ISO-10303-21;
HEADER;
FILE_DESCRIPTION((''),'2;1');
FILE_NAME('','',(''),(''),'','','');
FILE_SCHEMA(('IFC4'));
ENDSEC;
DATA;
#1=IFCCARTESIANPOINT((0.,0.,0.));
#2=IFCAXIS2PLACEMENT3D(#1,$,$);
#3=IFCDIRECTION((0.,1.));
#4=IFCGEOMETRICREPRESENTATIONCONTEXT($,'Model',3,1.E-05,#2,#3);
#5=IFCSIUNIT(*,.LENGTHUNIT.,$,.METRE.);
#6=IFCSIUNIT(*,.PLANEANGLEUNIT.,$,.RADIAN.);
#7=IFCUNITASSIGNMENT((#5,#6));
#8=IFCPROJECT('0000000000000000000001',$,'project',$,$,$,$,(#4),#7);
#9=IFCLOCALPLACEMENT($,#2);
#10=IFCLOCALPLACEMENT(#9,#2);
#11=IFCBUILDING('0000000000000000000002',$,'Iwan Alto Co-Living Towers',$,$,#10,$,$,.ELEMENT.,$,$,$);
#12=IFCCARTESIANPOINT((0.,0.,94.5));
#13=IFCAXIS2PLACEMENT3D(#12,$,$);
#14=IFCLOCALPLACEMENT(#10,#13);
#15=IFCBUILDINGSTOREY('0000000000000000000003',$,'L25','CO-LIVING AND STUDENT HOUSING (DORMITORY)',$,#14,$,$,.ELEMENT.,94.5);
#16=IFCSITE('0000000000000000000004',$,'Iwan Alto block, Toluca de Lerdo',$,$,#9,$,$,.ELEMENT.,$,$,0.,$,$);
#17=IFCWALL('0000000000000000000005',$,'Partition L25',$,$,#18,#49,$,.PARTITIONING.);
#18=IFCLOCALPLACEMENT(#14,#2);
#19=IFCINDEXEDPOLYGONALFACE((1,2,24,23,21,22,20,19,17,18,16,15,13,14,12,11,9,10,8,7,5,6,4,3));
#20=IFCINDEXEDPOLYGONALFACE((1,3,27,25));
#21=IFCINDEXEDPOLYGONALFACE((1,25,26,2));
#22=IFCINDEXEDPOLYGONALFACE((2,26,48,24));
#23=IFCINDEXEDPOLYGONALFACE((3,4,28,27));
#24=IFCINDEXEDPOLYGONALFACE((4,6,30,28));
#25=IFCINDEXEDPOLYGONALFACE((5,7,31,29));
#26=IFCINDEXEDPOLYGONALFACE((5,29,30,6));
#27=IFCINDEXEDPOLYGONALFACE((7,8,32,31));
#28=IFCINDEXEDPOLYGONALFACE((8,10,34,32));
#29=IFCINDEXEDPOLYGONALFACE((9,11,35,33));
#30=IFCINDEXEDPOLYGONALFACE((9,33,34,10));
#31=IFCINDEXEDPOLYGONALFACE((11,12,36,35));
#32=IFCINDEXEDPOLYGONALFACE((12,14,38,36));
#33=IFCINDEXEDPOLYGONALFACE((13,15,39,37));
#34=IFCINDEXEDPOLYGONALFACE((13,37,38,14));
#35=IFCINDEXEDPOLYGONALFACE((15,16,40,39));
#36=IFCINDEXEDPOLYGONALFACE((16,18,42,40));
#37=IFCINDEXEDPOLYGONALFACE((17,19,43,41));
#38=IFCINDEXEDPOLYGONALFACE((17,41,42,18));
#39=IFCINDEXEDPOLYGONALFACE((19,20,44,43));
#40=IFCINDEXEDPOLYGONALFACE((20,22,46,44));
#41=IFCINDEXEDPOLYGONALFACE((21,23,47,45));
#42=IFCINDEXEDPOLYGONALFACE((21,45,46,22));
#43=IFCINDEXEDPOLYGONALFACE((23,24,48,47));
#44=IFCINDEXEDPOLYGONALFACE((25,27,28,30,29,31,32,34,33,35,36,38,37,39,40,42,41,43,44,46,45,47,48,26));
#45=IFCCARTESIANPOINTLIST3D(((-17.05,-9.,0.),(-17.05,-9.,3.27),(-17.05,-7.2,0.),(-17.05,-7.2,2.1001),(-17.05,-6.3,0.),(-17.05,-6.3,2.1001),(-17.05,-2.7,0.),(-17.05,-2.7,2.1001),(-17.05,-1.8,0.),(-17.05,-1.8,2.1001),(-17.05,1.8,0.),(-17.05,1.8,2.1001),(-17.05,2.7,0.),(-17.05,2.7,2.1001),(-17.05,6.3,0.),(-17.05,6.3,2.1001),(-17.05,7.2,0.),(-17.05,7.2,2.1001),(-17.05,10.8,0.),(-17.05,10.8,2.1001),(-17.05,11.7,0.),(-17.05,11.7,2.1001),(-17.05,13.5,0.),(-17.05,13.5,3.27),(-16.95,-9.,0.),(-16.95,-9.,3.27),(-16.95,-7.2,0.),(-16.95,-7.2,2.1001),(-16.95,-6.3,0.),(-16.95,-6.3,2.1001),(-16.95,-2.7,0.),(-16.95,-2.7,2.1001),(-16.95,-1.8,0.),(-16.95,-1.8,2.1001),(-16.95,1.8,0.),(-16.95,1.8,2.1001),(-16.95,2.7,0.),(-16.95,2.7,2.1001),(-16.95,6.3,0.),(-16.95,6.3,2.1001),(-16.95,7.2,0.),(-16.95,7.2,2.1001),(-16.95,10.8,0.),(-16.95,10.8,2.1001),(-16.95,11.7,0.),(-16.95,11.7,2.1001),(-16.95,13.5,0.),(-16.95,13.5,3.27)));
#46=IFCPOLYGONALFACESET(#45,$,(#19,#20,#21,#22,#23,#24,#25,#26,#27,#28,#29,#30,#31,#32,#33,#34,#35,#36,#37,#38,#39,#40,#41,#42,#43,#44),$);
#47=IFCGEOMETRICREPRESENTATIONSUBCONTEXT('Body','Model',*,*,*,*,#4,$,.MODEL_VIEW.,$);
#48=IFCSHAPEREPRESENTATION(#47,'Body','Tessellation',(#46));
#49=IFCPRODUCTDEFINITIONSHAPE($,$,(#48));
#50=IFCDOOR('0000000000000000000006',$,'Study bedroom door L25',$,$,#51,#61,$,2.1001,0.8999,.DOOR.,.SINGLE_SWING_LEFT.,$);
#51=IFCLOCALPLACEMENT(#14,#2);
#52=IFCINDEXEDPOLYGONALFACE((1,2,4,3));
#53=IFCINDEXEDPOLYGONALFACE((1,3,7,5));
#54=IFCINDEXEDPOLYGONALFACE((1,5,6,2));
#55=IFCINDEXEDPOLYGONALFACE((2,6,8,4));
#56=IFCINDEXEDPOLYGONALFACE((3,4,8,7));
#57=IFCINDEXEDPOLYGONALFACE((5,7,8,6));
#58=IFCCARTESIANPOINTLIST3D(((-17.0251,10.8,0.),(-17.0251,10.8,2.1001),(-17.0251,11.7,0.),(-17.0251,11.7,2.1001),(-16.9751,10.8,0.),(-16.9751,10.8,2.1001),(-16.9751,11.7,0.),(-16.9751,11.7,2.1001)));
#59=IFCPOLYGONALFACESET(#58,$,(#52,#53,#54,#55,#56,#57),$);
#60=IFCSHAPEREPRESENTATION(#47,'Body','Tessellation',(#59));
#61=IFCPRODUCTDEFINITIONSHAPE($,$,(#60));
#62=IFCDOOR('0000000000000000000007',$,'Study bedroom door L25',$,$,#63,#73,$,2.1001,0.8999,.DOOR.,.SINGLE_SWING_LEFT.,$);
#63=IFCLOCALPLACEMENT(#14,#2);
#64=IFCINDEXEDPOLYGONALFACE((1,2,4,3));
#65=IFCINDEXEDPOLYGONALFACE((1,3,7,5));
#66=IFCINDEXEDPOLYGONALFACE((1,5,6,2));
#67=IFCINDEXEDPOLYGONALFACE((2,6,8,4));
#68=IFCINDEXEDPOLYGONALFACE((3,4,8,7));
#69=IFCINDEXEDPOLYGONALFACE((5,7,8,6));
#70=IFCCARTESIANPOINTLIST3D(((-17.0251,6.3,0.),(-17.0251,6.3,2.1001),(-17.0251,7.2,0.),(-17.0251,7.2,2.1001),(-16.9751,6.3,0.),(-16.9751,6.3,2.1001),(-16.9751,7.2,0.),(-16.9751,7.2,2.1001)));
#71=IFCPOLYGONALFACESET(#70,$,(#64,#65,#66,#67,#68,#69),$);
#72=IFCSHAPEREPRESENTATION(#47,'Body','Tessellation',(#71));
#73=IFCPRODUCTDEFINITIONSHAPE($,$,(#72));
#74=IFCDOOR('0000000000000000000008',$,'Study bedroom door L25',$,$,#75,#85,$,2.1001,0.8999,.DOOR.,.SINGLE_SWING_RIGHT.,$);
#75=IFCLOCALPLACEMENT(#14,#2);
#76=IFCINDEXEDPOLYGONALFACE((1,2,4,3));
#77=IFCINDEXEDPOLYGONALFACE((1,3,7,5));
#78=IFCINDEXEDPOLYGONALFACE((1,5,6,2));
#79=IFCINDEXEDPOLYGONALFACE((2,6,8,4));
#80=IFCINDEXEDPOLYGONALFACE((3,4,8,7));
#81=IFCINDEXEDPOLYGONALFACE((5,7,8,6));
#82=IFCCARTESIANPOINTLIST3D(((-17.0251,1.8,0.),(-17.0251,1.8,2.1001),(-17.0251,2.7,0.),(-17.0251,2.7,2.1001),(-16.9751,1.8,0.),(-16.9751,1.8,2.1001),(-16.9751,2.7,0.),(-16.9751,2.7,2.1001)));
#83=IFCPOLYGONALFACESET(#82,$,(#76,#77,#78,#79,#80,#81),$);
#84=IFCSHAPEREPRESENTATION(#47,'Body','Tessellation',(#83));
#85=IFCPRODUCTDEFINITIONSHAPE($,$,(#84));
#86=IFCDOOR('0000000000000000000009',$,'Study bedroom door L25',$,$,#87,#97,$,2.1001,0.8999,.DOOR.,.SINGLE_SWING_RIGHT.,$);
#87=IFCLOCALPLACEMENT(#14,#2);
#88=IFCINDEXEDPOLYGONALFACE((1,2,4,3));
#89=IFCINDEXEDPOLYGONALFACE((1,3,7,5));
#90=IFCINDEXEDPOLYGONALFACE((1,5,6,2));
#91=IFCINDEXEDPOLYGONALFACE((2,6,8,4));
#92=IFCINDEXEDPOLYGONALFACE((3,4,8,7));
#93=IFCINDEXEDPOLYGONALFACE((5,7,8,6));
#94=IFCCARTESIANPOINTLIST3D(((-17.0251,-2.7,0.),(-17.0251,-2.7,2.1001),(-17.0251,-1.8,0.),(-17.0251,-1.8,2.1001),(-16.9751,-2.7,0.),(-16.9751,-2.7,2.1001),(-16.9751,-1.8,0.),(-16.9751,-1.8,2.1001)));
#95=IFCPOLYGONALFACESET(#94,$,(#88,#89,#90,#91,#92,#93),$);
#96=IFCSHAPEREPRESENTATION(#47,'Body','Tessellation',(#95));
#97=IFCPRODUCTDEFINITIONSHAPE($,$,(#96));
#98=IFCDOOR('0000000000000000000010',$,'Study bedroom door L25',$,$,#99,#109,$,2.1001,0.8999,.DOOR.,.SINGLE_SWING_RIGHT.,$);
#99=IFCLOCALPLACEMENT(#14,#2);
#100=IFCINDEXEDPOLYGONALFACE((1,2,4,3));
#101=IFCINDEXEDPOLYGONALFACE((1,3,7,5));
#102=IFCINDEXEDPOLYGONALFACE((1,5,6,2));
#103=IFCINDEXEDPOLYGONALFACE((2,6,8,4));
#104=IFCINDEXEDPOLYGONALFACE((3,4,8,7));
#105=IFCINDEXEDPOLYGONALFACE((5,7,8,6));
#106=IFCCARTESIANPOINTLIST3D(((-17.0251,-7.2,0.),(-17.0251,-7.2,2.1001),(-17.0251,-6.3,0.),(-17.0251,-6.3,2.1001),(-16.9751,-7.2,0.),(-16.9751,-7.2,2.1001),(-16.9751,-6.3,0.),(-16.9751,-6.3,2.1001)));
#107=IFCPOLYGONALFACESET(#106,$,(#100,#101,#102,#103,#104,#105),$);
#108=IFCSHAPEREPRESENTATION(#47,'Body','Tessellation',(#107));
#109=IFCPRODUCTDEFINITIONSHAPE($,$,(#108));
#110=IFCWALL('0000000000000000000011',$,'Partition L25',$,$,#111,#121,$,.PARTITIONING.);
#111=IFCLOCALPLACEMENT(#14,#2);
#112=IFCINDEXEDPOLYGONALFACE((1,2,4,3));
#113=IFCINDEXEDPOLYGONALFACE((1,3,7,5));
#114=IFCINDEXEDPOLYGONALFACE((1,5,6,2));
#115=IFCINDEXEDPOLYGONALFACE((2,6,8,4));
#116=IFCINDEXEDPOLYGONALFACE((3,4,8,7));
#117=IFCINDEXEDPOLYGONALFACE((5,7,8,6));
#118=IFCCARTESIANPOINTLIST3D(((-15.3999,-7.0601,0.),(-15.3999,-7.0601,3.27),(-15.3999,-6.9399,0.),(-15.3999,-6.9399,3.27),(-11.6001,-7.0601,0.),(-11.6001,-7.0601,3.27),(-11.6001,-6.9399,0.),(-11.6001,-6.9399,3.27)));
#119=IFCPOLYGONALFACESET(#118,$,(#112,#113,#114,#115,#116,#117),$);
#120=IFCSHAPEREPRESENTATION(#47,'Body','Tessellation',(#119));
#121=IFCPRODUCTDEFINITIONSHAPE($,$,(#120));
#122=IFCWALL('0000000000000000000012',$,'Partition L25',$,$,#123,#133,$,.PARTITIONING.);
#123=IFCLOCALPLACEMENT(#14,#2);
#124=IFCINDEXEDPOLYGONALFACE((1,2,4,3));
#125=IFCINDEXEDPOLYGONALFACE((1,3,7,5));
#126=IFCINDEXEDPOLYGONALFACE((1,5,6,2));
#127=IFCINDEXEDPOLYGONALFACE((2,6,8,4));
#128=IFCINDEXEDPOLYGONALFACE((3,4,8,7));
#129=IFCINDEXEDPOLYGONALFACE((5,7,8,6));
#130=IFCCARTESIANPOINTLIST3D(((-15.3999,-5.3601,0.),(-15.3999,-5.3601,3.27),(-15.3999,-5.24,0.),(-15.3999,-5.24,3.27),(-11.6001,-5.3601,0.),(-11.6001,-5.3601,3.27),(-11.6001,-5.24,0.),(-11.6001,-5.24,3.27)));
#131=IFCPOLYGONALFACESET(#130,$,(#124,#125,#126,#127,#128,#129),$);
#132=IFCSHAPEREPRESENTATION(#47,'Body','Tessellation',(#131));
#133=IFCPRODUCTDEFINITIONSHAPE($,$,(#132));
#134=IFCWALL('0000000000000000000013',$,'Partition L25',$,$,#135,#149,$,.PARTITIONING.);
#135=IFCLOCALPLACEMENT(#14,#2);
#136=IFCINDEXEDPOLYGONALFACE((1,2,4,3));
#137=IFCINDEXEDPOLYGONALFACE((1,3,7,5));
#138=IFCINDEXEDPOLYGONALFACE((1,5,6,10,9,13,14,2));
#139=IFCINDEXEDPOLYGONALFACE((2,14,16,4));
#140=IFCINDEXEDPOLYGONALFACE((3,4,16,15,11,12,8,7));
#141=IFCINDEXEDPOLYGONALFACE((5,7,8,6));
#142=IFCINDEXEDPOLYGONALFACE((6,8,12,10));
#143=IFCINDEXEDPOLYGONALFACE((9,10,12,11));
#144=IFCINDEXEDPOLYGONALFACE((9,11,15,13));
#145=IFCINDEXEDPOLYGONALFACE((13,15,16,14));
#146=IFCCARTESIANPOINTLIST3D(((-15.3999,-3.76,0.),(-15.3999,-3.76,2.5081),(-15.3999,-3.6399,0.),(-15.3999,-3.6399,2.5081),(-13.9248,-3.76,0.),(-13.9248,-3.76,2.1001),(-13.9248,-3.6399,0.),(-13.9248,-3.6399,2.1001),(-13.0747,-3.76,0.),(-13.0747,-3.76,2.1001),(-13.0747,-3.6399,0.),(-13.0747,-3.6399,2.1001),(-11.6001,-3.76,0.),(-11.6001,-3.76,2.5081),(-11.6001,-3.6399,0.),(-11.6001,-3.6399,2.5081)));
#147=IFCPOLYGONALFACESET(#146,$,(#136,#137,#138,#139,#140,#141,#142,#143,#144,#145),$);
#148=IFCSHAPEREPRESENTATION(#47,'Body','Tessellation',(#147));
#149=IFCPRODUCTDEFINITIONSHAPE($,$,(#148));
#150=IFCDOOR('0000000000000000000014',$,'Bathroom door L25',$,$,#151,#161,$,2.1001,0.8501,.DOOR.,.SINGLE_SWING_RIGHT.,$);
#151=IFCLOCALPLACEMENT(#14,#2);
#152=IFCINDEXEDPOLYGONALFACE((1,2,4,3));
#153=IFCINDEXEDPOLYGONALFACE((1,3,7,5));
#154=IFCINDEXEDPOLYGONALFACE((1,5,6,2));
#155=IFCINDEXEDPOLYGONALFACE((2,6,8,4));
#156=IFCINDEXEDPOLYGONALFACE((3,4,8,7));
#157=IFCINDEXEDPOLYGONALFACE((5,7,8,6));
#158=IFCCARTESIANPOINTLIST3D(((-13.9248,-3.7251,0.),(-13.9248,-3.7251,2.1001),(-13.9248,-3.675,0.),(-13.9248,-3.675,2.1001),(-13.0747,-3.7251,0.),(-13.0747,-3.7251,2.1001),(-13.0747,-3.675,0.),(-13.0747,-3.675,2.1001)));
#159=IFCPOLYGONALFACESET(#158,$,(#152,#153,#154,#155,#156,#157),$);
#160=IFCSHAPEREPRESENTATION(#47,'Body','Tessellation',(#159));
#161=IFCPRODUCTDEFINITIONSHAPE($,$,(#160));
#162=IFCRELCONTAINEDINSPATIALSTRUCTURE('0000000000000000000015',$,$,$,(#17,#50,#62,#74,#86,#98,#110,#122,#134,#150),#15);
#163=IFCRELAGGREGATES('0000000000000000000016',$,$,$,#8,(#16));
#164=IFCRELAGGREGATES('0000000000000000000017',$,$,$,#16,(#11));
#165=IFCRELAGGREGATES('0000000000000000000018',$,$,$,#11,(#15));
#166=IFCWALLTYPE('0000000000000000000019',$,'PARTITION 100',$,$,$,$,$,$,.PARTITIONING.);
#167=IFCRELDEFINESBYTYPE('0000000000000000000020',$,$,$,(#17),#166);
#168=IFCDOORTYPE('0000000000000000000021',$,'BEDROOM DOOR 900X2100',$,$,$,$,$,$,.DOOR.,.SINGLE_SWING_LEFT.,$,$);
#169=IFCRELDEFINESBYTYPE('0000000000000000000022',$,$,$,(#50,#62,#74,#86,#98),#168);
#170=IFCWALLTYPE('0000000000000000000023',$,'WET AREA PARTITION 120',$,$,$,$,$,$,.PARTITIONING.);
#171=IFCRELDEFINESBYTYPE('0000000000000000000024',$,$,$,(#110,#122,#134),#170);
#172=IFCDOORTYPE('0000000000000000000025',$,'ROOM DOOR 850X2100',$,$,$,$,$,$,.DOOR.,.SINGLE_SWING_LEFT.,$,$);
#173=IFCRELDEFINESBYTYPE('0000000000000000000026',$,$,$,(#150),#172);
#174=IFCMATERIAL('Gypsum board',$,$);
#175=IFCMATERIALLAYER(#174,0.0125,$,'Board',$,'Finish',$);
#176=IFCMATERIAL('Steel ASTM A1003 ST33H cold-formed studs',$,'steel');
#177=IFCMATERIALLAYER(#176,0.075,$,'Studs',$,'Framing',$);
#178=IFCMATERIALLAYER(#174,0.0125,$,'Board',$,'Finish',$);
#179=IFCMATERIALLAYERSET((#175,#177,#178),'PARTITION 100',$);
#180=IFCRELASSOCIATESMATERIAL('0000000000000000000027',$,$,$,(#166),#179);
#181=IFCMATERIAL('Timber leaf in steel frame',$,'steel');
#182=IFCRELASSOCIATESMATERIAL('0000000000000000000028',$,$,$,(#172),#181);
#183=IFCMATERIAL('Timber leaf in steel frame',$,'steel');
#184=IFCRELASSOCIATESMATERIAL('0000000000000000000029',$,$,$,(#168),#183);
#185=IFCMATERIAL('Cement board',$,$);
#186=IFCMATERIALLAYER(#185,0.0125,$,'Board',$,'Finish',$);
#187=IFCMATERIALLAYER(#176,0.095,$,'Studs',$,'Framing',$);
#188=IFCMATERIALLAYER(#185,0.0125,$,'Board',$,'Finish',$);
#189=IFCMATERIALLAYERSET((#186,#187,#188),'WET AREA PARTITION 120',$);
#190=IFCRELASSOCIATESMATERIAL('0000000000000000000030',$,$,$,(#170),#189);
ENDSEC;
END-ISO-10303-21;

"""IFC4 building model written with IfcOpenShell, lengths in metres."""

from ifc_helpers import new_model, si_unit, direction, frame, frame_2d, origin, place, context, subcontext, project, spatial, rectangle, extrude, material, layer, layer_set, type_object, element, fill, save


model = new_model("IFC4")

# Units and contexts
model_context = context("Model", 3, precision=1e-05, world=origin(), true_north=direction((0.0, 1.0)))
body_context = subcontext(model_context, "Body", "Model", "MODEL_VIEW")
ifc_project = project(units=[si_unit("LENGTHUNIT", "METRE"), si_unit("PLANEANGLEUNIT", "RADIAN")], contexts=[model_context])

# Site, building, storey
site_placement = place(None, origin())
site = spatial("IfcSite", under=ifc_project, at=site_placement, Name="Iwan Alto block, Toluca de Lerdo", CompositionType="ELEMENT", RefElevation=0.0)
building_placement = place(site_placement, origin())
building = spatial("IfcBuilding", under=site, at=building_placement, Name="Iwan Alto Co-Living Towers", CompositionType="ELEMENT")
storey_placement = place(building_placement, frame((0.0, 0.0, 94.5)))
storey = spatial("IfcBuildingStorey", under=building, at=storey_placement, Name="L25", Description="CO-LIVING AND STUDENT HOUSING (DORMITORY)", CompositionType="ELEMENT", Elevation=94.5)

# Shared definitions
ifc_material_1 = material(Name="Gypsum board")
ifc_material_2 = material(Name="Steel ASTM A1003 ST33H cold-formed studs", Category="steel")

# Shared definitions
ifc_layer_1 = layer(ifc_material_1, 0.0125, Name="Board", Category="Finish")
ifc_layer_2 = layer(ifc_material_2, 0.075, Name="Studs", Category="Framing")
ifc_layer_3 = layer(ifc_material_1, 0.0125, Name="Board", Category="Finish")
ifc_layer_set_1 = layer_set([ifc_layer_1, ifc_layer_2, ifc_layer_3], Name="PARTITION 100")
wall_type_1 = type_object("IfcWallType", Name="PARTITION 100", PredefinedType="PARTITIONING", material=ifc_layer_set_1)

# Shared definitions
ifc_material_3 = material(Name="Timber leaf in steel frame", Category="steel")
door_type_1 = type_object("IfcDoorType", Name="ROOM DOOR 850X2100", OperationType="SINGLE_SWING_LEFT", PredefinedType="DOOR", material=ifc_material_3)

# Wall, openings, doors
wall_1_placement = place(storey_placement, frame((-17.0, -9.0, 0.0), z_axis=(0.0, 0.0, 1.0), x_axis=(0.0, 1.0, 0.0)))
wall_1 = element("IfcWall", 1, at=wall_1_placement, inside=storey, type_object=wall_type_1, Name="Partition L25", PredefinedType="PARTITIONING", context=body_context, shape_type="SweptSolid", body=[
    extrude(rectangle(XDim=22.5, YDim=0.1001, at=frame_2d((11.25, 0.0))), origin(), (0.0, 0.0, 1.0), 3.27),
])
opening_1_placement = place(wall_1_placement, frame((19.8, 0.0, 0.0)))
opening_1 = element("IfcOpeningElement", 2, at=opening_1_placement, cuts=wall_1, PredefinedType="OPENING", context=body_context, shape_type="SweptSolid", body=[
    extrude(rectangle(XDim=0.8999, YDim=2.1001, at=frame_2d((0.45, 1.05))), frame((0.0, 0.0601, 0.0), z_axis=(0.0, -1.0, 0.0), x_axis=(1.0, 0.0, 0.0)), (0.0, 0.0, 1.0), 0.1201),
])
opening_2_placement = place(wall_1_placement, frame((15.3, 0.0, 0.0)))
opening_2 = element("IfcOpeningElement", 3, at=opening_2_placement, cuts=wall_1, PredefinedType="OPENING", context=body_context, shape_type="SweptSolid", body=[
    extrude(rectangle(XDim=0.8999, YDim=2.1001, at=frame_2d((0.45, 1.05))), frame((0.0, 0.0601, 0.0), z_axis=(0.0, -1.0, 0.0), x_axis=(1.0, 0.0, 0.0)), (0.0, 0.0, 1.0), 0.1201),
])
opening_3_placement = place(wall_1_placement, frame((10.8, 0.0, 0.0)))
opening_3 = element("IfcOpeningElement", 4, at=opening_3_placement, cuts=wall_1, PredefinedType="OPENING", context=body_context, shape_type="SweptSolid", body=[
    extrude(rectangle(XDim=0.8999, YDim=2.1001, at=frame_2d((0.45, 1.05))), frame((0.0, 0.0601, 0.0), z_axis=(0.0, -1.0, 0.0), x_axis=(1.0, 0.0, 0.0)), (0.0, 0.0, 1.0), 0.1201),
])
opening_4_placement = place(wall_1_placement, frame((6.3, 0.0, 0.0)))
opening_4 = element("IfcOpeningElement", 5, at=opening_4_placement, cuts=wall_1, PredefinedType="OPENING", context=body_context, shape_type="SweptSolid", body=[
    extrude(rectangle(XDim=0.8999, YDim=2.1001, at=frame_2d((0.45, 1.05))), frame((0.0, 0.0601, 0.0), z_axis=(0.0, -1.0, 0.0), x_axis=(1.0, 0.0, 0.0)), (0.0, 0.0, 1.0), 0.1201),
])
opening_5_placement = place(wall_1_placement, frame((1.8, 0.0, 0.0)))
opening_5 = element("IfcOpeningElement", 6, at=opening_5_placement, cuts=wall_1, PredefinedType="OPENING", context=body_context, shape_type="SweptSolid", body=[
    extrude(rectangle(XDim=0.8999, YDim=2.1001, at=frame_2d((0.45, 1.05))), frame((0.0, 0.0601, 0.0), z_axis=(0.0, -1.0, 0.0), x_axis=(1.0, 0.0, 0.0)), (0.0, 0.0, 1.0), 0.1201),
])
ifc_material_4 = material(Name="Timber leaf in steel frame", Category="steel")
door_type_2 = type_object("IfcDoorType", Name="BEDROOM DOOR 900X2100", OperationType="SINGLE_SWING_LEFT", PredefinedType="DOOR", material=ifc_material_4)
door_1_placement = place(opening_1_placement, frame((0.8999, 0.0, 0.0), z_axis=(0.0, 0.0, 1.0), x_axis=(-1.0, 0.0, 0.0)))
door_1 = element("IfcDoor", 7, at=door_1_placement, inside=storey, type_object=door_type_2, Name="Study bedroom door L25", OperationType="SINGLE_SWING_LEFT", OverallHeight=2.1001, OverallWidth=0.8999, PredefinedType="DOOR", context=body_context, shape_type="SweptSolid", body=[
    extrude(rectangle(XDim=0.8999, YDim=2.1001, at=frame_2d((0.45, 1.05))), frame((0.0, 0.0249, 0.0), z_axis=(0.0, -1.0, 0.0), x_axis=(1.0, 0.0, 0.0)), (0.0, 0.0, 1.0), 0.05),
])
fill(opening_1, door_1)
door_2_placement = place(opening_2_placement, frame((0.8999, 0.0, 0.0), z_axis=(0.0, 0.0, 1.0), x_axis=(-1.0, 0.0, 0.0)))
door_2 = element("IfcDoor", 8, at=door_2_placement, inside=storey, type_object=door_type_2, Name="Study bedroom door L25", OperationType="SINGLE_SWING_LEFT", OverallHeight=2.1001, OverallWidth=0.8999, PredefinedType="DOOR", context=body_context, shape_type="SweptSolid", body=[
    extrude(rectangle(XDim=0.8999, YDim=2.1001, at=frame_2d((0.45, 1.05))), frame((0.0, 0.0249, 0.0), z_axis=(0.0, -1.0, 0.0), x_axis=(1.0, 0.0, 0.0)), (0.0, 0.0, 1.0), 0.05),
])
fill(opening_2, door_2)
door_3_placement = place(opening_3_placement, frame((0.8999, 0.0, 0.0), z_axis=(0.0, 0.0, 1.0), x_axis=(-1.0, 0.0, 0.0)))
door_3 = element("IfcDoor", 9, at=door_3_placement, inside=storey, type_object=door_type_2, Name="Study bedroom door L25", OperationType="SINGLE_SWING_RIGHT", OverallHeight=2.1001, OverallWidth=0.8999, PredefinedType="DOOR", context=body_context, shape_type="SweptSolid", body=[
    extrude(rectangle(XDim=0.8999, YDim=2.1001, at=frame_2d((0.45, 1.05))), frame((0.0, 0.0249, 0.0), z_axis=(0.0, -1.0, 0.0), x_axis=(1.0, 0.0, 0.0)), (0.0, 0.0, 1.0), 0.05),
])
fill(opening_3, door_3)
door_4_placement = place(opening_4_placement, frame((0.8999, 0.0, 0.0), z_axis=(0.0, 0.0, 1.0), x_axis=(-1.0, 0.0, 0.0)))
door_4 = element("IfcDoor", 10, at=door_4_placement, inside=storey, type_object=door_type_2, Name="Study bedroom door L25", OperationType="SINGLE_SWING_RIGHT", OverallHeight=2.1001, OverallWidth=0.8999, PredefinedType="DOOR", context=body_context, shape_type="SweptSolid", body=[
    extrude(rectangle(XDim=0.8999, YDim=2.1001, at=frame_2d((0.45, 1.05))), frame((0.0, 0.0249, 0.0), z_axis=(0.0, -1.0, 0.0), x_axis=(1.0, 0.0, 0.0)), (0.0, 0.0, 1.0), 0.05),
])
fill(opening_4, door_4)
door_5_placement = place(opening_5_placement, frame((0.8999, 0.0, 0.0), z_axis=(0.0, 0.0, 1.0), x_axis=(-1.0, 0.0, 0.0)))
door_5 = element("IfcDoor", 11, at=door_5_placement, inside=storey, type_object=door_type_2, Name="Study bedroom door L25", OperationType="SINGLE_SWING_RIGHT", OverallHeight=2.1001, OverallWidth=0.8999, PredefinedType="DOOR", context=body_context, shape_type="SweptSolid", body=[
    extrude(rectangle(XDim=0.8999, YDim=2.1001, at=frame_2d((0.45, 1.05))), frame((0.0, 0.0249, 0.0), z_axis=(0.0, -1.0, 0.0), x_axis=(1.0, 0.0, 0.0)), (0.0, 0.0, 1.0), 0.05),
])
fill(opening_5, door_5)

# Walls
ifc_material_5 = material(Name="Cement board")
ifc_layer_4 = layer(ifc_material_5, 0.0125, Name="Board", Category="Finish")
ifc_layer_5 = layer(ifc_material_2, 0.095, Name="Studs", Category="Framing")
ifc_layer_6 = layer(ifc_material_5, 0.0125, Name="Board", Category="Finish")
ifc_layer_set_2 = layer_set([ifc_layer_4, ifc_layer_5, ifc_layer_6], Name="WET AREA PARTITION 120")
wall_type_2 = type_object("IfcWallType", Name="WET AREA PARTITION 120", PredefinedType="PARTITIONING", material=ifc_layer_set_2)
for number, where, z_axis, x_axis, name in (
    (12, (-15.3999, -7.0, 0.0), (0.0, 0.0, 1.0), (1.0, 0.0, 0.0), "Partition L25"),
    (13, (-15.3999, -5.3, 0.0), (0.0, 0.0, 1.0), (1.0, 0.0, 0.0), "Partition L25"),
):
    element("IfcWall", number, at=place(storey_placement, frame(where, z_axis=z_axis, x_axis=x_axis)), inside=storey, type_object=wall_type_2, Name=name, PredefinedType="PARTITIONING", context=body_context, shape_type="SweptSolid", body=[
        extrude(rectangle(XDim=3.7998, YDim=0.1201, at=frame_2d((1.8999, 0.0))), origin(), (0.0, 0.0, 1.0), 3.27),
    ])

# Wall, opening, door
wall_2_placement = place(storey_placement, frame((-15.3999, -3.7, 0.0), z_axis=(0.0, 0.0, 1.0), x_axis=(1.0, 0.0, 0.0)))
wall_2 = element("IfcWall", 14, at=wall_2_placement, inside=storey, type_object=wall_type_2, Name="Partition L25", PredefinedType="PARTITIONING", context=body_context, shape_type="SweptSolid", body=[
    extrude(rectangle(XDim=3.7998, YDim=0.1201, at=frame_2d((1.8999, 0.0))), origin(), (0.0, 0.0, 1.0), 2.5081),
])
opening_6_placement = place(wall_2_placement, frame((1.4751, 0.0, 0.0)))
opening_6 = element("IfcOpeningElement", 15, at=opening_6_placement, cuts=wall_2, PredefinedType="OPENING", context=body_context, shape_type="SweptSolid", body=[
    extrude(rectangle(XDim=0.8501, YDim=2.1001, at=frame_2d((0.425, 1.05))), frame((0.0, 0.0701, 0.0), z_axis=(0.0, -1.0, 0.0), x_axis=(1.0, 0.0, 0.0)), (0.0, 0.0, 1.0), 0.1401),
])
door_6_placement = place(opening_6_placement, origin())
door_6 = element("IfcDoor", 16, at=door_6_placement, inside=storey, type_object=door_type_1, Name="Bathroom door L25", OperationType="SINGLE_SWING_RIGHT", OverallHeight=2.1001, OverallWidth=0.8501, PredefinedType="DOOR", context=body_context, shape_type="SweptSolid", body=[
    extrude(rectangle(XDim=0.8501, YDim=2.1001, at=frame_2d((0.425, 1.05))), frame((0.0, 0.0249, 0.0), z_axis=(0.0, -1.0, 0.0), x_axis=(1.0, 0.0, 0.0)), (0.0, 0.0, 1.0), 0.05),
])
fill(opening_6, door_6)

save(model, "model.ifc")
